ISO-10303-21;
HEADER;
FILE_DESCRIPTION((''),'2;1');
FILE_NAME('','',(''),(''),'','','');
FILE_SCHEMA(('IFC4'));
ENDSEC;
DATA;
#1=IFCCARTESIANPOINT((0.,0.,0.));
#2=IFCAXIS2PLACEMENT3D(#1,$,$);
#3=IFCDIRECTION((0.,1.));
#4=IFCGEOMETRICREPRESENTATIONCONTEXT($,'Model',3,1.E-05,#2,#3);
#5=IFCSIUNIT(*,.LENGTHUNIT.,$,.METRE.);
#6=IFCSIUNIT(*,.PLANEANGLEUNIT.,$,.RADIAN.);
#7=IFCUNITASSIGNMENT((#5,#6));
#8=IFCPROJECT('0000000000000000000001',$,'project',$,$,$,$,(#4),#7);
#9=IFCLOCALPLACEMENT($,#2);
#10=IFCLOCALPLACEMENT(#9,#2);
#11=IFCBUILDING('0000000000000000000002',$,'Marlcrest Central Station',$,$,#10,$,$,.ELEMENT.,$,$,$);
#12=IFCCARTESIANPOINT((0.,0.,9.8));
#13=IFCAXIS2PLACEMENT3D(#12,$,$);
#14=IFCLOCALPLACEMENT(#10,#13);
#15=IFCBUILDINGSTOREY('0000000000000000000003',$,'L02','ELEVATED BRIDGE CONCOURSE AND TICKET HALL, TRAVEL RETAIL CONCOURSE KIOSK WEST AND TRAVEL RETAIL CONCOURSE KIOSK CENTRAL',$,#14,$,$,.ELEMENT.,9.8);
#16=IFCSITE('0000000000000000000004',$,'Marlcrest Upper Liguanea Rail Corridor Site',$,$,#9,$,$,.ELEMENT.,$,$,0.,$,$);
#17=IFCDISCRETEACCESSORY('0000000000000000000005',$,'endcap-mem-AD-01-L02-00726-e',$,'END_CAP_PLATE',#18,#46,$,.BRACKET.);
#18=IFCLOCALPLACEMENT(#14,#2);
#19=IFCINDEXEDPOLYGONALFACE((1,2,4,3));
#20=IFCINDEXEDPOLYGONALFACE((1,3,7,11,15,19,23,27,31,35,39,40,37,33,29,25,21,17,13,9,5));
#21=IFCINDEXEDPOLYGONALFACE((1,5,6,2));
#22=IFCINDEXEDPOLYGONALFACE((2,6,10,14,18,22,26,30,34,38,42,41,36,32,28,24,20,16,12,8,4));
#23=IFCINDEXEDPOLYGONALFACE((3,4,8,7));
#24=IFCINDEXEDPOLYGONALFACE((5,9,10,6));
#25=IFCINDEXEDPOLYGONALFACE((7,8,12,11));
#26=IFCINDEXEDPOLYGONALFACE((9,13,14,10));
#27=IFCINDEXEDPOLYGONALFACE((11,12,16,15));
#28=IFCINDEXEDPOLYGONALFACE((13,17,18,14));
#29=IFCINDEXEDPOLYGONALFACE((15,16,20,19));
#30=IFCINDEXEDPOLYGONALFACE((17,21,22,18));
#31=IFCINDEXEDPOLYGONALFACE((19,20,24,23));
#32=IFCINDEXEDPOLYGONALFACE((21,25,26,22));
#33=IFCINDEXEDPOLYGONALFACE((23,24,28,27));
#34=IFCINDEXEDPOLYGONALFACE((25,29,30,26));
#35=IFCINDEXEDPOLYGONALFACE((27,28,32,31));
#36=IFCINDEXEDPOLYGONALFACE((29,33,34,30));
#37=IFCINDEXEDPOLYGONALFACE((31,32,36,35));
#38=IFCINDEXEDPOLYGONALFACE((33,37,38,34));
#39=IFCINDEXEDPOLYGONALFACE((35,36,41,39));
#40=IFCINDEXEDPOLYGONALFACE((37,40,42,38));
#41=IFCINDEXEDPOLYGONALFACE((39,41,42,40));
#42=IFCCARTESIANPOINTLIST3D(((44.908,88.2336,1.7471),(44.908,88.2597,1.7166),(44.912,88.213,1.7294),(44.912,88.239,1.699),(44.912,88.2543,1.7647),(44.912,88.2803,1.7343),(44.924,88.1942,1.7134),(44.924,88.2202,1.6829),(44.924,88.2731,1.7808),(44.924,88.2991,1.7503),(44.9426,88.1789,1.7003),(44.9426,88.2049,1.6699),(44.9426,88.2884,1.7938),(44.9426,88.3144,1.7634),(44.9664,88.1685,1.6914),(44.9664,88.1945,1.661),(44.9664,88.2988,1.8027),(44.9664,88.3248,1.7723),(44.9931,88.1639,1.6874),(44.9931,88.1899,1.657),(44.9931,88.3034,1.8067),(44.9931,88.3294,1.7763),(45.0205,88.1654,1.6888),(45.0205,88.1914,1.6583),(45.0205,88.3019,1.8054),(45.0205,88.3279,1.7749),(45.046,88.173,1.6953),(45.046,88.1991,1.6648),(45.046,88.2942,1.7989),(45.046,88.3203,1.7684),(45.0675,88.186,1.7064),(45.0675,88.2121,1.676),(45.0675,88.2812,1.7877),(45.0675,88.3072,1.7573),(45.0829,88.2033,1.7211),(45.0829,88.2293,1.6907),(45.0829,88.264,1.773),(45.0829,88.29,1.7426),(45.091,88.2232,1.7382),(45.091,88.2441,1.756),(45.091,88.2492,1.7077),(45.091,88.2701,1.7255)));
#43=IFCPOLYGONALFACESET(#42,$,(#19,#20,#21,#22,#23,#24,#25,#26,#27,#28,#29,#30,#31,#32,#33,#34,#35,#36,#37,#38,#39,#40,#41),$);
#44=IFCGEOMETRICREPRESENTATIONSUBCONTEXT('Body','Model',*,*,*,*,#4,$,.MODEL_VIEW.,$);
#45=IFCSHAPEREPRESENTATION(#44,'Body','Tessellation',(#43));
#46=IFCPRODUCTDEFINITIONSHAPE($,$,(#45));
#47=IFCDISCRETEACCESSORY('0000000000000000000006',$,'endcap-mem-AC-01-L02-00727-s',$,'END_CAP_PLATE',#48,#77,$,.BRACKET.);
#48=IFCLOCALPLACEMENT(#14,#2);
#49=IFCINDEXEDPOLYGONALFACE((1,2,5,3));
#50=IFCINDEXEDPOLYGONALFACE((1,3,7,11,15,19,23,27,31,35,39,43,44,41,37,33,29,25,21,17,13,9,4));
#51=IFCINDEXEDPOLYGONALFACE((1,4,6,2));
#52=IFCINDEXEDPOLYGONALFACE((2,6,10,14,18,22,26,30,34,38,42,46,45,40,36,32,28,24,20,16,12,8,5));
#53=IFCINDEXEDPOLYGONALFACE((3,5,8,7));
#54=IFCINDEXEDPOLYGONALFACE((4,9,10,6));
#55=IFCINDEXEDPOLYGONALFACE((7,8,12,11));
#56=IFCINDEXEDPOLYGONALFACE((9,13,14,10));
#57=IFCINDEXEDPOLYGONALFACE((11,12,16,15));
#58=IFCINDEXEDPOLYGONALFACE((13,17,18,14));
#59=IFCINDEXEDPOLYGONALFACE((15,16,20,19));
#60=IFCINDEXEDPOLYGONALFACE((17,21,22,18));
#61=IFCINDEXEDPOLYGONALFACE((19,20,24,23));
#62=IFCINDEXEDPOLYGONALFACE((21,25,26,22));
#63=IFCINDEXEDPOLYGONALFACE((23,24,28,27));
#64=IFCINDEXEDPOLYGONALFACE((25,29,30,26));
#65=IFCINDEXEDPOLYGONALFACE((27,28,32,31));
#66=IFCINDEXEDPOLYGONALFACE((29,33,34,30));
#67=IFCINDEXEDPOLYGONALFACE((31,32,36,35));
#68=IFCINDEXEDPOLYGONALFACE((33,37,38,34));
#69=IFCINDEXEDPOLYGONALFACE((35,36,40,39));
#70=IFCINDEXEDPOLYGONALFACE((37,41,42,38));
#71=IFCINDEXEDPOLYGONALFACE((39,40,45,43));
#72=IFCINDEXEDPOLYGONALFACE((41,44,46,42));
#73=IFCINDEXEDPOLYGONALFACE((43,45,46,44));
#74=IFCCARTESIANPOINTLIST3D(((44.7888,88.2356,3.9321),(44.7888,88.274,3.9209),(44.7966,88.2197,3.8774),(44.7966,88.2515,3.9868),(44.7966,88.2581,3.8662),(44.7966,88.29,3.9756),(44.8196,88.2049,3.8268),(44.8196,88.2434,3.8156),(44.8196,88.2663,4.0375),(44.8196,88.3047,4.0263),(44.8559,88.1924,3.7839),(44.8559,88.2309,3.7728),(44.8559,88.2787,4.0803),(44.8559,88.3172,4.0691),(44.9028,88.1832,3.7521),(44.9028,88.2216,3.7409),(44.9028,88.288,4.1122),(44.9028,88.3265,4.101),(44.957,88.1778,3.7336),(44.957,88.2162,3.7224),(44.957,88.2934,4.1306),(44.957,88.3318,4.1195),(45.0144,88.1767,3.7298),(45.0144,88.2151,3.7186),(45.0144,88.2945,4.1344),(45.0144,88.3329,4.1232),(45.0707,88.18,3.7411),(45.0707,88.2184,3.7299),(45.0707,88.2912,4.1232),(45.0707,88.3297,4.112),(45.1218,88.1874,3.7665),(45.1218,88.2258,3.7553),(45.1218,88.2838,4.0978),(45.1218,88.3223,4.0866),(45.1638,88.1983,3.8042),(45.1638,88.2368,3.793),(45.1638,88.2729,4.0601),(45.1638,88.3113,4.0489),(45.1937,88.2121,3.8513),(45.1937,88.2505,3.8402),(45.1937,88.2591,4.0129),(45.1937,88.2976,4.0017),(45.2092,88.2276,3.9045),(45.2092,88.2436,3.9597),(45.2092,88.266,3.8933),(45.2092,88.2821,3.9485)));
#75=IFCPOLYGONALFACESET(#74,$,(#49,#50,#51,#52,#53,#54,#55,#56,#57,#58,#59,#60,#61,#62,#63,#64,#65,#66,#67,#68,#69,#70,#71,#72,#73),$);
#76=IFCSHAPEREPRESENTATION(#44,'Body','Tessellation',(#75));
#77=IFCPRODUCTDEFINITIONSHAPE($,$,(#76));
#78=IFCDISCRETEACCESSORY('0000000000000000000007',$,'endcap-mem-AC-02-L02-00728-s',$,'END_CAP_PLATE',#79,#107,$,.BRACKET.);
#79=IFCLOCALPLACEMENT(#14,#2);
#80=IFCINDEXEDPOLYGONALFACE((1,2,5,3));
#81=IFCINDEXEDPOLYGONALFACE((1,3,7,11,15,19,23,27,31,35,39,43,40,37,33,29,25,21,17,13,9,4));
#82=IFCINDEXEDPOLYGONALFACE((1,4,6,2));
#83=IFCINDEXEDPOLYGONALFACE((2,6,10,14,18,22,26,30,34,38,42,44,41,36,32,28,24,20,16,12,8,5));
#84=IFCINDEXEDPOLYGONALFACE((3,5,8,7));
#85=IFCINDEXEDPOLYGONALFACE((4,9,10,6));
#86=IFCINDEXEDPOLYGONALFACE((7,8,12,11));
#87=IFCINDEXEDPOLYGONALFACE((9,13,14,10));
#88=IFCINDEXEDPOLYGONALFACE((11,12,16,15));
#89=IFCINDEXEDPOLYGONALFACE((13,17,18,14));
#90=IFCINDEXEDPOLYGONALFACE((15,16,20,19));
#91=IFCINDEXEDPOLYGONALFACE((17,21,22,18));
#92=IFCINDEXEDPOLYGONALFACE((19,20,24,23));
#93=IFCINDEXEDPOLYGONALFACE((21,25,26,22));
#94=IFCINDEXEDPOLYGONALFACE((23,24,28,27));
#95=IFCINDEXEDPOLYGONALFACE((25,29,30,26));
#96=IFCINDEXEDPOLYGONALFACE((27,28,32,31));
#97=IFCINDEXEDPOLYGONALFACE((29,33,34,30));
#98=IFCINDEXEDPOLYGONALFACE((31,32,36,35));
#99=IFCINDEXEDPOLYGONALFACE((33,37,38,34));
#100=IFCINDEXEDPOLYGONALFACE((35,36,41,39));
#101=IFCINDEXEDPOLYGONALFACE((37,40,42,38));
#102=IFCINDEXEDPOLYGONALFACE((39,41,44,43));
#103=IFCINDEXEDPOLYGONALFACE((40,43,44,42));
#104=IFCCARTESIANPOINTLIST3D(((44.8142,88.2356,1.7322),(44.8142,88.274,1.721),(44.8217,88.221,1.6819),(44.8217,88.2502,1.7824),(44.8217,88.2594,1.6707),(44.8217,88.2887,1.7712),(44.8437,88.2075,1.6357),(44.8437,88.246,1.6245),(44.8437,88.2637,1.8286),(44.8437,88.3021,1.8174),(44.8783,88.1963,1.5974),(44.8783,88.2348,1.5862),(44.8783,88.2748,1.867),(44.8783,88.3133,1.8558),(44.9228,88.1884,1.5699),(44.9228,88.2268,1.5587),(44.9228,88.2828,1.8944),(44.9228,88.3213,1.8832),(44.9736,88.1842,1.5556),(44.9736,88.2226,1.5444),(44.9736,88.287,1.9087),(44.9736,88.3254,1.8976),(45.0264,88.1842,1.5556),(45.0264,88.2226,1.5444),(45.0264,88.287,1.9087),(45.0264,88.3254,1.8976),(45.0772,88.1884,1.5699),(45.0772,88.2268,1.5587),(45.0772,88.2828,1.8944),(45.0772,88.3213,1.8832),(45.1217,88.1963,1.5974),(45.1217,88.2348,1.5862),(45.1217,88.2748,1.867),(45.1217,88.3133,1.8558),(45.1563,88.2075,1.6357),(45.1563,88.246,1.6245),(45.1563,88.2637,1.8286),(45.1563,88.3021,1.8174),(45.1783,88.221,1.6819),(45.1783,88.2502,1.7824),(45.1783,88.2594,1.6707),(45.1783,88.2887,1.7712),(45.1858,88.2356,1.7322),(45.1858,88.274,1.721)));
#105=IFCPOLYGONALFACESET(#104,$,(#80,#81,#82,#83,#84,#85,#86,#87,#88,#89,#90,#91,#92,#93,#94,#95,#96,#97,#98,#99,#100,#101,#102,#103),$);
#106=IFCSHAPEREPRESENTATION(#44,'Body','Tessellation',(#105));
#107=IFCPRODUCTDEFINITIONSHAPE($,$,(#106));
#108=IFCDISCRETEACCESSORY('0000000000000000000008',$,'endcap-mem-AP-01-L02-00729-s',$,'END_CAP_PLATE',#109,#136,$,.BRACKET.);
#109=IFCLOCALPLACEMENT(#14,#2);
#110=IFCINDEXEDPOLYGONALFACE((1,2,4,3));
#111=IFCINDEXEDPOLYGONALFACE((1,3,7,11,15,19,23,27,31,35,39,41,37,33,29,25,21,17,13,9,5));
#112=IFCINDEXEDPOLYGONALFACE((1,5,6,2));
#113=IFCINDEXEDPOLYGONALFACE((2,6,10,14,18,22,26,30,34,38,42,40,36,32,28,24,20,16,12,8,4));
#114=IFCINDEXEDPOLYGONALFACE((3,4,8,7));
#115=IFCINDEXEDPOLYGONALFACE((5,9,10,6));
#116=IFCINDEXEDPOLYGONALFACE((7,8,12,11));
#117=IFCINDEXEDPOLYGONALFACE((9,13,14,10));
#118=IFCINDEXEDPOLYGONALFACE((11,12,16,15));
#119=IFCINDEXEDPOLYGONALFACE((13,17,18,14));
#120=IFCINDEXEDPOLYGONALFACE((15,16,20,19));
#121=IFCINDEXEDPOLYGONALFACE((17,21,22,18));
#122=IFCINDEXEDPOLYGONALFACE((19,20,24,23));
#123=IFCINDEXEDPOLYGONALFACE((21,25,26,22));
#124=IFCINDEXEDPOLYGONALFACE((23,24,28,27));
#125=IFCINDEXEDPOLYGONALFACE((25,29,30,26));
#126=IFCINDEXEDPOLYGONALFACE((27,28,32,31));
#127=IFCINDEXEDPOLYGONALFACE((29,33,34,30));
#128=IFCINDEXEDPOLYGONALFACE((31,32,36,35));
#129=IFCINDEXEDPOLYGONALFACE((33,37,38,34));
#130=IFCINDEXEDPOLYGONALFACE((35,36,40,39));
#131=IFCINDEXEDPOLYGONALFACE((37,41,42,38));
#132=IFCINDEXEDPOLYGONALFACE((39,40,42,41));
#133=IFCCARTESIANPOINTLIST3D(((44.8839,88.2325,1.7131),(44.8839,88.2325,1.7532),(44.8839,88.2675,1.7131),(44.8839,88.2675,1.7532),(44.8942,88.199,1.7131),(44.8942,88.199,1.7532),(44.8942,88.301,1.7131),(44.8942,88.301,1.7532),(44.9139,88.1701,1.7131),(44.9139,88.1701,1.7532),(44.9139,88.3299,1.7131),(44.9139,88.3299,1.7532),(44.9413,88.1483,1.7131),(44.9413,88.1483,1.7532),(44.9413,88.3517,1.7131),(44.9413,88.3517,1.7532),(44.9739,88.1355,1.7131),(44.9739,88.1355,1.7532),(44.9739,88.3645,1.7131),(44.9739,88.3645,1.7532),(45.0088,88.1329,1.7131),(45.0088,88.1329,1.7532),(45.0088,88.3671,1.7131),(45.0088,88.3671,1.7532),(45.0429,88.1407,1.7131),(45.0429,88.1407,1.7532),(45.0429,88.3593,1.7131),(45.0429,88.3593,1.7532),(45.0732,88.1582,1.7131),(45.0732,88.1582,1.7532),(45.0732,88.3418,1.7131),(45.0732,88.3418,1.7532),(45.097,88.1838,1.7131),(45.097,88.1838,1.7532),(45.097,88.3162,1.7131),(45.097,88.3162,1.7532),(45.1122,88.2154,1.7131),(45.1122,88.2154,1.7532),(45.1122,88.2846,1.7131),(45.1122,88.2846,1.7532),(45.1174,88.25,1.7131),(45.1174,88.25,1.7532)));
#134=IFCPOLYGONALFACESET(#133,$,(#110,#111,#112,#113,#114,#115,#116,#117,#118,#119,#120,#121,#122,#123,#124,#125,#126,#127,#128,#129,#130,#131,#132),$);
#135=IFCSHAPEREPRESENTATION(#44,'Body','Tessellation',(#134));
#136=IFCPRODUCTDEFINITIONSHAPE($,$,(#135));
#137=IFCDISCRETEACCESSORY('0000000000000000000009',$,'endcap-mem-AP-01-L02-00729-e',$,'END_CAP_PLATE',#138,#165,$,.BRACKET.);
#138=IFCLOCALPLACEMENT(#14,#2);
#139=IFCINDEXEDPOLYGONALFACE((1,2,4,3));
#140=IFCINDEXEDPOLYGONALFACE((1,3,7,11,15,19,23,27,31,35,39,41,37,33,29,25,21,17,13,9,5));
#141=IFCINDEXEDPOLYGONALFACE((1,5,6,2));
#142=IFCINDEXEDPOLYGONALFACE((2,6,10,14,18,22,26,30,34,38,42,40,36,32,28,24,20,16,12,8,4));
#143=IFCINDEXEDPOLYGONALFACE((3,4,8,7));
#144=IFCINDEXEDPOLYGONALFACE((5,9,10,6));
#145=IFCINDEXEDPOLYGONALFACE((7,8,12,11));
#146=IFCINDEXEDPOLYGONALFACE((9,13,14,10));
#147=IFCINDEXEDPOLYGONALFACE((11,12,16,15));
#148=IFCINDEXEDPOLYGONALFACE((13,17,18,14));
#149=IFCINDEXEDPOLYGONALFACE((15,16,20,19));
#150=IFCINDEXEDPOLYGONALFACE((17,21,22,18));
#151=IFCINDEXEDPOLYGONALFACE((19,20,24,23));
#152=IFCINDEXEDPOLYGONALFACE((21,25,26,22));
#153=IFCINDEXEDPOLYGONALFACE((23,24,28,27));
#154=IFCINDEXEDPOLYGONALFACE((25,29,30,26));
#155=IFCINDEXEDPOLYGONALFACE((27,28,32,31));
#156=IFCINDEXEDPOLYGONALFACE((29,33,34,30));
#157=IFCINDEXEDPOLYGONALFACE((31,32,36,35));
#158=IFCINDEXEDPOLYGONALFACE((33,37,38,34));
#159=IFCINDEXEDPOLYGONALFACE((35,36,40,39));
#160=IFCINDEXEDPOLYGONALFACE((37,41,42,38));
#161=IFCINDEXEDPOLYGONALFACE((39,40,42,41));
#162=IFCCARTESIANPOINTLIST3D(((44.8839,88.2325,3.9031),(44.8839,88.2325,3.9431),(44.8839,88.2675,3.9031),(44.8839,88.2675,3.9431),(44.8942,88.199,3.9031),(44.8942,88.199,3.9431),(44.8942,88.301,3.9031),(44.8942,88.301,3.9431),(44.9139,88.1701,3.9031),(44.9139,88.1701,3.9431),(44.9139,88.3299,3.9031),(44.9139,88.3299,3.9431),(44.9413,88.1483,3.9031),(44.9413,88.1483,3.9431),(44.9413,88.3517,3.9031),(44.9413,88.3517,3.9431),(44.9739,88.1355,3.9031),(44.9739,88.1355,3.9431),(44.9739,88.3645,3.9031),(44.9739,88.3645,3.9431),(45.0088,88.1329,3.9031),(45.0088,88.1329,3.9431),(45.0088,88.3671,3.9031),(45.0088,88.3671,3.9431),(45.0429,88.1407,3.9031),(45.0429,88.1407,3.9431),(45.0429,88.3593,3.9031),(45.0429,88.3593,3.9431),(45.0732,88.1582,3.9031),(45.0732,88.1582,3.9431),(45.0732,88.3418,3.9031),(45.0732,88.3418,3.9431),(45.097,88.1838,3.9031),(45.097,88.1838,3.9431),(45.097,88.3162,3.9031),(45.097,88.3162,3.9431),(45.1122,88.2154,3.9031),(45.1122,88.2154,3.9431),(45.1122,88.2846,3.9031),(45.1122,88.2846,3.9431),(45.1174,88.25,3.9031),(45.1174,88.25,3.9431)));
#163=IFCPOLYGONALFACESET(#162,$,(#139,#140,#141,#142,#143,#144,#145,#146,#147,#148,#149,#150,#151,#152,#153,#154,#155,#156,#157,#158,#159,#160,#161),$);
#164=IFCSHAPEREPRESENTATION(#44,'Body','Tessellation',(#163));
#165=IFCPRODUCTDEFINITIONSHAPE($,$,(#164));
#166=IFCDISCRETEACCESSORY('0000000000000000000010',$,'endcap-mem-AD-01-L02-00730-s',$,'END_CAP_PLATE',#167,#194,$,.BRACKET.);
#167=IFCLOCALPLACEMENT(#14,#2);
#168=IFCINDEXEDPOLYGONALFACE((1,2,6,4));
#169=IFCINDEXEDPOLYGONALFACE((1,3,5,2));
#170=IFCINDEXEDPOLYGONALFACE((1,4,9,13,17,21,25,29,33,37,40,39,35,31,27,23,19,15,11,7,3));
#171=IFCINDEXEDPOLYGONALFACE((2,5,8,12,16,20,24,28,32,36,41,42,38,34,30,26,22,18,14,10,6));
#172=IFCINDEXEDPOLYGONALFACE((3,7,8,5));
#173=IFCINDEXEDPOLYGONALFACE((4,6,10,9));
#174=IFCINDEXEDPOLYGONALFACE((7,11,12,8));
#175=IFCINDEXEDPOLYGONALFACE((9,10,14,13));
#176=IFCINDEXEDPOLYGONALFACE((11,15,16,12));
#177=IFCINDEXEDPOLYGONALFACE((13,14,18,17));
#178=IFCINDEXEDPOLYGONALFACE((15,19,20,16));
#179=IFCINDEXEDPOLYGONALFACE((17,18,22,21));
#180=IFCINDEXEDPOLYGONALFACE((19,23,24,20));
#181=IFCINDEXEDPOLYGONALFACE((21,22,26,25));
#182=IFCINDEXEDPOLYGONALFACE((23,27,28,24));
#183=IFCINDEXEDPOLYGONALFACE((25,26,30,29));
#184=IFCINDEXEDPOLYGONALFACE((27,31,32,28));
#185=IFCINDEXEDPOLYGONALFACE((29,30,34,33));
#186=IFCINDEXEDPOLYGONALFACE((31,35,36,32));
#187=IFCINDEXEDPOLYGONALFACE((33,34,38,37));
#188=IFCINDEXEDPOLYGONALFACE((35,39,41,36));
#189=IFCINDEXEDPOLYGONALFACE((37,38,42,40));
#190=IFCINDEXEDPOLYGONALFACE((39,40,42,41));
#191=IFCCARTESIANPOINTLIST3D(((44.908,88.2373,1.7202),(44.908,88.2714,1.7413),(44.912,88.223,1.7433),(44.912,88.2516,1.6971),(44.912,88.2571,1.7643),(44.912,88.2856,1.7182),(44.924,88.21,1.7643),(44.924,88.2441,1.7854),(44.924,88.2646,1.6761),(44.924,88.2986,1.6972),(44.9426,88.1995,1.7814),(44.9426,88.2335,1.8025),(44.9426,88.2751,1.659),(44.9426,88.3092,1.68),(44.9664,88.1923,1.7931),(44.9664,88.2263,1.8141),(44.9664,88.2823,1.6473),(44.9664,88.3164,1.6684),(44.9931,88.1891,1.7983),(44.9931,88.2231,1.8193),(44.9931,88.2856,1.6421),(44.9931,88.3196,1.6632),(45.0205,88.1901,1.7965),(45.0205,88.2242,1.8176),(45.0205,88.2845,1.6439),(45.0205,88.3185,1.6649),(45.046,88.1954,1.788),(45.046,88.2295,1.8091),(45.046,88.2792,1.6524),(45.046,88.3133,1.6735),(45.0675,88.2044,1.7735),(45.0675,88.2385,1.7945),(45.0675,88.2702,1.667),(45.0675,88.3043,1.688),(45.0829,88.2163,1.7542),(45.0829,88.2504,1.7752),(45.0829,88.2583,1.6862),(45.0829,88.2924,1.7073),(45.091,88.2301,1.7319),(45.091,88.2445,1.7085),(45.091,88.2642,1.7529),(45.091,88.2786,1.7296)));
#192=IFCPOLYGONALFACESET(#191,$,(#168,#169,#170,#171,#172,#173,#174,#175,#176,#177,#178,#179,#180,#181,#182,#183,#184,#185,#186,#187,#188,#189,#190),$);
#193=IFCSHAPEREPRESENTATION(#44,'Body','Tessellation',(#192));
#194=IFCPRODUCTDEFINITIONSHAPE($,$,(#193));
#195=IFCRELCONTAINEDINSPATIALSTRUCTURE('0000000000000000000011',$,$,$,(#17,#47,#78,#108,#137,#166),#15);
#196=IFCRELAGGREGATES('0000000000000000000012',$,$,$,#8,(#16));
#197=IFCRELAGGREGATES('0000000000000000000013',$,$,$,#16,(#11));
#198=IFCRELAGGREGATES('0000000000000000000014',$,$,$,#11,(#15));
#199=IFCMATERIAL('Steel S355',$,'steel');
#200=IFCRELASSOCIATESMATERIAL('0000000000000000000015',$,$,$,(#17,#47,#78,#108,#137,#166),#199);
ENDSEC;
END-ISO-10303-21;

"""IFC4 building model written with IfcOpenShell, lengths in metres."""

from ifc_helpers import new_model, si_unit, direction, frame, origin, origin_2d, place, context, subcontext, project, spatial, circle, extrude, material, element, save


model = new_model("IFC4")

# Units and contexts
model_context = context("Model", 3, precision=1e-05, world=origin(), true_north=direction((0.0, 1.0)))
body_context = subcontext(model_context, "Body", "Model", "MODEL_VIEW")
ifc_project = project(units=[si_unit("LENGTHUNIT", "METRE"), si_unit("PLANEANGLEUNIT", "RADIAN")], contexts=[model_context])

# Site, building, storey
site_placement = place(None, origin())
site = spatial("IfcSite", under=ifc_project, at=site_placement, Name="Marlcrest Upper Liguanea Rail Corridor Site", CompositionType="ELEMENT", RefElevation=0.0)
building_placement = place(site_placement, origin())
building = spatial("IfcBuilding", under=site, at=building_placement, Name="Marlcrest Central Station", CompositionType="ELEMENT")
storey_placement = place(building_placement, frame((0.0, 0.0, 9.8)))
storey = spatial("IfcBuildingStorey", under=building, at=storey_placement, Name="L02", Description="ELEVATED BRIDGE CONCOURSE AND TICKET HALL, TRAVEL RETAIL CONCOURSE KIOSK WEST AND TRAVEL RETAIL CONCOURSE KIOSK CENTRAL", CompositionType="ELEMENT", Elevation=9.8)

# Shared definitions
ifc_material_1 = material(Name="Steel S355", Category="steel")

# Discrete accessories
for number, where, z_axis, x_axis, name in (
    (1, (45.0, 88.2336, 1.7471), (0.0, 0.649625, -0.760255), (-1.0, 0.0, 0.0), "endcap-mem-AD-01-L02-00726-e"),
):
    element("IfcDiscreteAccessory", number, at=place(storey_placement, frame(where, z_axis=z_axis, x_axis=x_axis)), inside=storey, material=ifc_material_1, Name=name, ObjectType="END_CAP_PLATE", PredefinedType="BRACKET", context=body_context, shape_type="SweptSolid", body=[
        extrude(circle(Radius=0.092, at=origin_2d()), origin(), (0.0, 0.0, 1.0), 0.04),
    ])
discrete_accessory_1_placement = place(storey_placement, frame((45.0, 88.2356, 3.9321), z_axis=(0.0, 0.96013, -0.279554), x_axis=(-1.0, 0.0, 0.0)))
element("IfcDiscreteAccessory", 2, at=discrete_accessory_1_placement, inside=storey, material=ifc_material_1, Name="endcap-mem-AC-01-L02-00727-s", ObjectType="END_CAP_PLATE", PredefinedType="BRACKET", context=body_context, shape_type="SweptSolid", body=[
    extrude(circle(Radius=0.2112, at=origin_2d()), origin(), (0.0, 0.0, 1.0), 0.04),
])
discrete_accessory_2_placement = place(storey_placement, frame((45.0, 88.2356, 1.7322), z_axis=(0.0, 0.96013, -0.279554), x_axis=(-1.0, 0.0, 0.0)))
element("IfcDiscreteAccessory", 3, at=discrete_accessory_2_placement, inside=storey, material=ifc_material_1, Name="endcap-mem-AC-02-L02-00728-s", ObjectType="END_CAP_PLATE", PredefinedType="BRACKET", context=body_context, shape_type="SweptSolid", body=[
    extrude(circle(Radius=0.1858, at=origin_2d()), origin(), (0.0, 0.0, 1.0), 0.04),
])
for number, where, z_axis, x_axis, name in (
    (4, (45.0, 88.25, 1.7131), (0.0, 0.0, 1.0), (1.0, 0.0, 0.0), "endcap-mem-AP-01-L02-00729-s"),
    (5, (45.0, 88.25, 3.9031), (0.0, 0.0, 1.0), (1.0, 0.0, 0.0), "endcap-mem-AP-01-L02-00729-e"),
):
    element("IfcDiscreteAccessory", number, at=place(storey_placement, frame(where, z_axis=z_axis, x_axis=x_axis)), inside=storey, material=ifc_material_1, Name=name, ObjectType="END_CAP_PLATE", PredefinedType="BRACKET", context=body_context, shape_type="SweptSolid", body=[
        extrude(circle(Radius=0.1174, at=origin_2d()), origin(), (0.0, 0.0, 1.0), 0.04),
    ])
discrete_accessory_3_placement = place(storey_placement, frame((45.0, 88.2373, 1.7202), z_axis=(0.0, 0.850687, 0.525672), x_axis=(-1.0, 0.0, 0.0)))
element("IfcDiscreteAccessory", 6, at=discrete_accessory_3_placement, inside=storey, material=ifc_material_1, Name="endcap-mem-AD-01-L02-00730-s", ObjectType="END_CAP_PLATE", PredefinedType="BRACKET", context=body_context, shape_type="SweptSolid", body=[
    extrude(circle(Radius=0.092, at=origin_2d()), origin(), (0.0, 0.0, 1.0), 0.04),
])

save(model, "model.ifc")
